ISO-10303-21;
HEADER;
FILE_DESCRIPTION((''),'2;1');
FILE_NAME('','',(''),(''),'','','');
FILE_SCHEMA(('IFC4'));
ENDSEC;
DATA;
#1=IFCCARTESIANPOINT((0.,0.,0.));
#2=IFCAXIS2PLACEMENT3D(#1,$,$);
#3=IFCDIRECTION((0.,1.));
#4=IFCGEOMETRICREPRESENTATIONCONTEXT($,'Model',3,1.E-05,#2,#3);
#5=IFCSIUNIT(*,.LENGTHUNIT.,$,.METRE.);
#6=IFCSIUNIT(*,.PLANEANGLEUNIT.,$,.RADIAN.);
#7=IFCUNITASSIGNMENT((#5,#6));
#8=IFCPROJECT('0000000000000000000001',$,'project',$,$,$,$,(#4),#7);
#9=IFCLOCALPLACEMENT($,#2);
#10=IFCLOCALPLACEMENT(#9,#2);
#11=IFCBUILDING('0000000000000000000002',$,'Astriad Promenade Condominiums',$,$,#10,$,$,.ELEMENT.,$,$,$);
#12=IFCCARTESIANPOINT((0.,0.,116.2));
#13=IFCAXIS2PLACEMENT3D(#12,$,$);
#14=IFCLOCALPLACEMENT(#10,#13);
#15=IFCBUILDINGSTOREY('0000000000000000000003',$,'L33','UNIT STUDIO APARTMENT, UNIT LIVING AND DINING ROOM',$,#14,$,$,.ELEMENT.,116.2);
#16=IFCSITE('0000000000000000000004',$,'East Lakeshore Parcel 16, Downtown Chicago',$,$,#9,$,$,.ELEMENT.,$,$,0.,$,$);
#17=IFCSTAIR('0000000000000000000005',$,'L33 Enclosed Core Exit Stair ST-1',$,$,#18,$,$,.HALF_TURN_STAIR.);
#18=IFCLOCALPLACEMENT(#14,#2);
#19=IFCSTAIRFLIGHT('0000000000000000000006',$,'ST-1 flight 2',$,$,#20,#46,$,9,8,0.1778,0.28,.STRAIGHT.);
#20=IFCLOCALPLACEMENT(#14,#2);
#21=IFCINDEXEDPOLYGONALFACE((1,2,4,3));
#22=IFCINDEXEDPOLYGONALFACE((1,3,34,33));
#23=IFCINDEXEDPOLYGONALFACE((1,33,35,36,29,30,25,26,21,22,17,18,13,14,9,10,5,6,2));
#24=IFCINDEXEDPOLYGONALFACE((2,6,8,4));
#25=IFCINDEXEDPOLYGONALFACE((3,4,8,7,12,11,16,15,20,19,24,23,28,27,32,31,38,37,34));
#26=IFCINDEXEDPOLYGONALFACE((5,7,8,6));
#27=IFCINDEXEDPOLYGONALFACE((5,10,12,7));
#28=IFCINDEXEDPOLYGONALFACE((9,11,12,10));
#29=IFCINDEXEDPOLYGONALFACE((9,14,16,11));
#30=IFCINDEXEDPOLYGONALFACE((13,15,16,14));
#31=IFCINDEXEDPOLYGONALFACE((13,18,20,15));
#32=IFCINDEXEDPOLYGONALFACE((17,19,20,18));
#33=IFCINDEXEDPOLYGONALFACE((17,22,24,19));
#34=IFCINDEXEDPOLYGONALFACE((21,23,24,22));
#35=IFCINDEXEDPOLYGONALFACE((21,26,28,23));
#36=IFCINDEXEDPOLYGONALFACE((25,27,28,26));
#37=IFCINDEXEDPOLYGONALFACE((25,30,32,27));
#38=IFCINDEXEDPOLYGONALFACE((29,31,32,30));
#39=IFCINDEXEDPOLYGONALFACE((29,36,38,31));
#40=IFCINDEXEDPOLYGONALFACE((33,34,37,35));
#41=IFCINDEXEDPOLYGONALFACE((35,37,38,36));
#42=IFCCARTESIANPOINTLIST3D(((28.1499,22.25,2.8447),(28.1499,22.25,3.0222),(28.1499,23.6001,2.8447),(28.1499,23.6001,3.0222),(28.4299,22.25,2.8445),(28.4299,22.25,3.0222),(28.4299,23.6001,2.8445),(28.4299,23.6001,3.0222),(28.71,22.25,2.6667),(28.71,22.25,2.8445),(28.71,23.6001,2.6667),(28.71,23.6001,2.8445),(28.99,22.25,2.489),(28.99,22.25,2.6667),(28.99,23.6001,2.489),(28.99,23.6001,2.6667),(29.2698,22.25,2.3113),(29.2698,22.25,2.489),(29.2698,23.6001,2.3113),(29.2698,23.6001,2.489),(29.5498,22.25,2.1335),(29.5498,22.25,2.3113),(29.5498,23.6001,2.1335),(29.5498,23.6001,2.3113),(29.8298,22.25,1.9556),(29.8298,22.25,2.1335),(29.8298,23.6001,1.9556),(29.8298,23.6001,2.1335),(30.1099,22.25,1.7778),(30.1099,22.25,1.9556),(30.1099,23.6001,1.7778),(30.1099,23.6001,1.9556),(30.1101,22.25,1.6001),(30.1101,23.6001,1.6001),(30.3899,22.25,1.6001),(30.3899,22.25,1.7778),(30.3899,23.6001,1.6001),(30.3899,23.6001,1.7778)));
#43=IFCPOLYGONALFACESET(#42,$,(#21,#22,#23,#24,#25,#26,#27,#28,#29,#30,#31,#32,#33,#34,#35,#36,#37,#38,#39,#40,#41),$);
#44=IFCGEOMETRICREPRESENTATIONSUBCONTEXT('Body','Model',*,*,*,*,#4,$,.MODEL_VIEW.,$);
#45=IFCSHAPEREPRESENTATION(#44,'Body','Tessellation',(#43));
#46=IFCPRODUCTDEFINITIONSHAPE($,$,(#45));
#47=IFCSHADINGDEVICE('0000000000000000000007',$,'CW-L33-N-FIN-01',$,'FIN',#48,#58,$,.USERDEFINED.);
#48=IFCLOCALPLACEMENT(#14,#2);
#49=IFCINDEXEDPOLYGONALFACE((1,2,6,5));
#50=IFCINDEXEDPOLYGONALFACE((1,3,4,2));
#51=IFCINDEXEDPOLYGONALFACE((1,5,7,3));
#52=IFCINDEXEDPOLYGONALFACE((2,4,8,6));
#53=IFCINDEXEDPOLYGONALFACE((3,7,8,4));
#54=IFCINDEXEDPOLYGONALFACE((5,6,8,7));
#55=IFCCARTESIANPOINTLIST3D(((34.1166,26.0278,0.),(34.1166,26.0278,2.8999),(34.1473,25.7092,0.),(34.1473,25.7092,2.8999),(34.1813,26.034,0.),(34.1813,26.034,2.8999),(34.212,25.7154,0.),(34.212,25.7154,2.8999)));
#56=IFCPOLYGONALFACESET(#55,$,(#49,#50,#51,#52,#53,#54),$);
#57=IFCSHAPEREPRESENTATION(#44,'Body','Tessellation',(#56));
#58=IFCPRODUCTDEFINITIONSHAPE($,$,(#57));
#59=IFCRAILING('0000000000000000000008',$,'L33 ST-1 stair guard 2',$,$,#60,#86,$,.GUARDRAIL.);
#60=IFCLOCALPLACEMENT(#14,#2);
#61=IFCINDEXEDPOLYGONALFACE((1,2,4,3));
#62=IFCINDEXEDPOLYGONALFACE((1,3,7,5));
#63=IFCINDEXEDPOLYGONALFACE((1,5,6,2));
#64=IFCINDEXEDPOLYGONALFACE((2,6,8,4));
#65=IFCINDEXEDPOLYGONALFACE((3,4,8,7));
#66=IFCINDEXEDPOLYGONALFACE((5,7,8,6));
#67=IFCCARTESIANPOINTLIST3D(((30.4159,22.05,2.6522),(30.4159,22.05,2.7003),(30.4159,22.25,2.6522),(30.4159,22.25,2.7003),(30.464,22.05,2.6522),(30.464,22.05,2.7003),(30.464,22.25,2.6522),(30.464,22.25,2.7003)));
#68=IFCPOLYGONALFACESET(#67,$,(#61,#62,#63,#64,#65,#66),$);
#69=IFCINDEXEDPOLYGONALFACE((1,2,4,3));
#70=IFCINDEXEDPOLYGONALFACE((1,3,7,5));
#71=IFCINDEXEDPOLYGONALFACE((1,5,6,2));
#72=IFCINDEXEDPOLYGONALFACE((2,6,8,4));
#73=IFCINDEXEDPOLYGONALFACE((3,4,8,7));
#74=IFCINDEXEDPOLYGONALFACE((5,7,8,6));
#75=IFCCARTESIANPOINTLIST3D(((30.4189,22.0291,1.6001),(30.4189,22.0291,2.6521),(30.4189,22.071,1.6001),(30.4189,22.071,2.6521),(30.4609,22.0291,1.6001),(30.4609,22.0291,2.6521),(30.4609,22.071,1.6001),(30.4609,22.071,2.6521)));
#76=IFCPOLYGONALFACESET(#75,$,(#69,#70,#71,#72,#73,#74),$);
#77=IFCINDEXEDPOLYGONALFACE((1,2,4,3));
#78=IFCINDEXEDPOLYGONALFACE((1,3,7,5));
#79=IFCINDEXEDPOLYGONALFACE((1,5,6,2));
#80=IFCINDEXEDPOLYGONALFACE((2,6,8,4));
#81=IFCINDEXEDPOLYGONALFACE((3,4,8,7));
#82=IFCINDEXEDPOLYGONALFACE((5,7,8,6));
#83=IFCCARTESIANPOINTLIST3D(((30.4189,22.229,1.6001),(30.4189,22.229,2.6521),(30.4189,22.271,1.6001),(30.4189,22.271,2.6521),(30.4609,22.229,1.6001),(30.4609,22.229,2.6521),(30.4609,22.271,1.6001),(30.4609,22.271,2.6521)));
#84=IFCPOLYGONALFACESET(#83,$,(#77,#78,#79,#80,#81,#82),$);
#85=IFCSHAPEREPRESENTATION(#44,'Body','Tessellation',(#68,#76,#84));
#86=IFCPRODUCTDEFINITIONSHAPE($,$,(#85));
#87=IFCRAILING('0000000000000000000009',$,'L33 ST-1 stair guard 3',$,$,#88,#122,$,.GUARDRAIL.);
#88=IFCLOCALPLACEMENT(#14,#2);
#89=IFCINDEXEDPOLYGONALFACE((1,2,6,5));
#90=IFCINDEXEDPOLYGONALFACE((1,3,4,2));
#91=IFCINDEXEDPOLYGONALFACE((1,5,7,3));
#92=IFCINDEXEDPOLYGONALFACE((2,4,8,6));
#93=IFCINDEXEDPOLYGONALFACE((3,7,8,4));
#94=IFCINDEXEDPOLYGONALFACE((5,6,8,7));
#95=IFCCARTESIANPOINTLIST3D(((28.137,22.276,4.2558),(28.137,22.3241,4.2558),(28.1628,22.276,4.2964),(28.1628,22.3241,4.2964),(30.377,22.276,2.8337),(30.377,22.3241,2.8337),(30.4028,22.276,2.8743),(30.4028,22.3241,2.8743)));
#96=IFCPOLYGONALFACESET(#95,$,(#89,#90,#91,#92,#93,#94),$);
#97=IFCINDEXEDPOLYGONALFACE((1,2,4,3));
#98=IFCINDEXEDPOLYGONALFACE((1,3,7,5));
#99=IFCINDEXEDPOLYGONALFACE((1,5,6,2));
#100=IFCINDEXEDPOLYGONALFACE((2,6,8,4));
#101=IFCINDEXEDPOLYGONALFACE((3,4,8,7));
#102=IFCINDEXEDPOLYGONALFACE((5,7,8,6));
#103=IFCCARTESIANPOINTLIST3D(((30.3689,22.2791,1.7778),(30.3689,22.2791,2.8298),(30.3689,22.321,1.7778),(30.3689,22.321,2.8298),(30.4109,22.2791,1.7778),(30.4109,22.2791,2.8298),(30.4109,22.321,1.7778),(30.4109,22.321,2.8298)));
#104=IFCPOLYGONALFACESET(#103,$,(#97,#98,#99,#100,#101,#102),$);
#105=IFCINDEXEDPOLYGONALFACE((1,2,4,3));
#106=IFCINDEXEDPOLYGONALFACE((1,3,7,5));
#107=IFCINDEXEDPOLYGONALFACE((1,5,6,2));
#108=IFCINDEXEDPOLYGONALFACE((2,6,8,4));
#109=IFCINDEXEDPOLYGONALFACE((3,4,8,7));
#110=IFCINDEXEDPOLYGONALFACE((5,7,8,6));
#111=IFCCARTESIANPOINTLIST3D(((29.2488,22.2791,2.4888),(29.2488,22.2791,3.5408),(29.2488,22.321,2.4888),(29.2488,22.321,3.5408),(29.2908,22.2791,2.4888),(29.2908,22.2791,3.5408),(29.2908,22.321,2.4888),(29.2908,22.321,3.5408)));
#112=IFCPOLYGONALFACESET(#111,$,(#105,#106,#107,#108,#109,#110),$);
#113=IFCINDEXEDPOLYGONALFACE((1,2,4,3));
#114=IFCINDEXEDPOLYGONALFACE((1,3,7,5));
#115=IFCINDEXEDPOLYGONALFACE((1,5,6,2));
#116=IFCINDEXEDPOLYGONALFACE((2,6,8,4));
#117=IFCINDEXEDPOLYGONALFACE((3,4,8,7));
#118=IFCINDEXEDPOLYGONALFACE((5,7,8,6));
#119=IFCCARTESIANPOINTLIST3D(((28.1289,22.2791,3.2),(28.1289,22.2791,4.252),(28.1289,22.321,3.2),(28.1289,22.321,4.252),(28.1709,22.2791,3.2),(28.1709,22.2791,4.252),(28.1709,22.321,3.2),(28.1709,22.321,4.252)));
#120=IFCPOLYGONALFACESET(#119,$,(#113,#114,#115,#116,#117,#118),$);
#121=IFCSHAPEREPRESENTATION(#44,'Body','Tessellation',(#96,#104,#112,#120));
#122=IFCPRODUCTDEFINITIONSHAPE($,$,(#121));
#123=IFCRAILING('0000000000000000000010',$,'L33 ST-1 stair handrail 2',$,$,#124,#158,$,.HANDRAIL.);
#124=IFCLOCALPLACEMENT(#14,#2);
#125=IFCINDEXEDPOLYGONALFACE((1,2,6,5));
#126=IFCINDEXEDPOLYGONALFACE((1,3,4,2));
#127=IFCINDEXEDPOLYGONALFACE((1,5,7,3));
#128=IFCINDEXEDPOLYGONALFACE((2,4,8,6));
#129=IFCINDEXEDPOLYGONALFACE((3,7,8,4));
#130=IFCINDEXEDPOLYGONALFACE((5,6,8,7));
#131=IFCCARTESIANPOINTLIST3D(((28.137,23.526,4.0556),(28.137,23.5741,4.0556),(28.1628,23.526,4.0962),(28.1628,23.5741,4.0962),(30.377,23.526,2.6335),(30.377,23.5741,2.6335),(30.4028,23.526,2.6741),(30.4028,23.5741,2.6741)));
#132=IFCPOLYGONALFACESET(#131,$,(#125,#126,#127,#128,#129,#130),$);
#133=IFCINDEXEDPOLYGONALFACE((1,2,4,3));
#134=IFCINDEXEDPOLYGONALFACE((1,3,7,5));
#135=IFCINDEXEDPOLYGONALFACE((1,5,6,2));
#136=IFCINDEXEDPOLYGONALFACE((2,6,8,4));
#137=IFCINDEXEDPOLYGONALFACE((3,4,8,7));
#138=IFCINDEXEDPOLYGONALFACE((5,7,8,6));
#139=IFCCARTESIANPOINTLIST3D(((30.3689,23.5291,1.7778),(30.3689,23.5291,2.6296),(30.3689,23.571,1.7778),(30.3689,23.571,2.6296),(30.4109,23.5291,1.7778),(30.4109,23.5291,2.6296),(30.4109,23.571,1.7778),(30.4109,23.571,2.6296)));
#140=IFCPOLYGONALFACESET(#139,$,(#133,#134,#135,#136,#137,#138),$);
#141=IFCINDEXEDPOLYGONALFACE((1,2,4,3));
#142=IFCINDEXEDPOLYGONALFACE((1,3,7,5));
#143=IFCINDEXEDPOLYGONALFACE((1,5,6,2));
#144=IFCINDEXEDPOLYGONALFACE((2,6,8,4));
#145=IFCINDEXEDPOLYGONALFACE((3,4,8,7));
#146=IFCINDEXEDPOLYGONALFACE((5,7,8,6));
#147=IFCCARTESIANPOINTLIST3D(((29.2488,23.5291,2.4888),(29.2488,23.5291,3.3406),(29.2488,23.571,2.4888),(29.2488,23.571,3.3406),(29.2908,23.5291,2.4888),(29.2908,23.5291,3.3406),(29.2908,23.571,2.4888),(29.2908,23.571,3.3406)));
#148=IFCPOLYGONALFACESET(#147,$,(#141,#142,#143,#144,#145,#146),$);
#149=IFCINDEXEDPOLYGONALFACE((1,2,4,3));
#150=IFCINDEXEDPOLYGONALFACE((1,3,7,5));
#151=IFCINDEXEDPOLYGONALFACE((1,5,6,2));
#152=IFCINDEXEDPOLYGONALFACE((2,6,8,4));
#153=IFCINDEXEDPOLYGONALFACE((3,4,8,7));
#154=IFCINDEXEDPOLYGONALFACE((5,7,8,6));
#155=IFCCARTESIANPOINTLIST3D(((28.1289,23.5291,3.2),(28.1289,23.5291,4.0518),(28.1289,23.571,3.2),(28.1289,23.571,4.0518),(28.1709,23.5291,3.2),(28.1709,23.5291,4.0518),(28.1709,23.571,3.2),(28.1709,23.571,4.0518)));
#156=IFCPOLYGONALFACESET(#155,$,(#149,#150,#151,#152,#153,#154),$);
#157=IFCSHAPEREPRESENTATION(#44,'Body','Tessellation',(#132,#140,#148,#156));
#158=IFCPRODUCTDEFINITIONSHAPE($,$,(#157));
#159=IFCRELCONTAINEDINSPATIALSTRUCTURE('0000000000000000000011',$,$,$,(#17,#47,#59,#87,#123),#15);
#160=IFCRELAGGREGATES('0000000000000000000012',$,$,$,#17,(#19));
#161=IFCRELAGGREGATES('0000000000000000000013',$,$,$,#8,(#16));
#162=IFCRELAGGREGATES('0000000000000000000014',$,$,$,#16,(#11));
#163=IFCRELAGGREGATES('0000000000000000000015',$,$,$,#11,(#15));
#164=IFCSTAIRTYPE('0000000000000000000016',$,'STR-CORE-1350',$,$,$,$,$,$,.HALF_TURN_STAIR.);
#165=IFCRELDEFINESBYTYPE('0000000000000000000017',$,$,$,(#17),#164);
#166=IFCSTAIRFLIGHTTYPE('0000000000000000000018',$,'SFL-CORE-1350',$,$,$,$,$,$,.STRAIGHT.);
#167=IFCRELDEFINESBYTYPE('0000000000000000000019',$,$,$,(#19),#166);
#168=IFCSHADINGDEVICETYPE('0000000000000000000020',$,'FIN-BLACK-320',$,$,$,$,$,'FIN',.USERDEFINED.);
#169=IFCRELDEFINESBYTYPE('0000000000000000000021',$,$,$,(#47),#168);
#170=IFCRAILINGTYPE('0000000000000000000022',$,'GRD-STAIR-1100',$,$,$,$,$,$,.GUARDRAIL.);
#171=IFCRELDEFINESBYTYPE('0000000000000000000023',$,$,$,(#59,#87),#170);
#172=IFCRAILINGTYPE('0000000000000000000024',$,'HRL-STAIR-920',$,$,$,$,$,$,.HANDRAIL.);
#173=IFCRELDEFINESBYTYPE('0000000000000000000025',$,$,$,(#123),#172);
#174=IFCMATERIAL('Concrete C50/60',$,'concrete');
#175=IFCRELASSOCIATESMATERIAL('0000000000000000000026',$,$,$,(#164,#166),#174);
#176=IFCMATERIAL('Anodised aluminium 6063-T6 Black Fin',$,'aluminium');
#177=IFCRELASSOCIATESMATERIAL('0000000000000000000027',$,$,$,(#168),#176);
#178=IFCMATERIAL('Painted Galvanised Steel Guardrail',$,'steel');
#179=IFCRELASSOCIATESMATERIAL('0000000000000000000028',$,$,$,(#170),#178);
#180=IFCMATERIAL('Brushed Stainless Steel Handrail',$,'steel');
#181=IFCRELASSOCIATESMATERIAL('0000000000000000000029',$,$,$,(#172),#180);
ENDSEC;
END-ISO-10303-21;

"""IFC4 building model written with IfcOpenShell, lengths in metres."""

from ifc_helpers import new_model, si_unit, direction, frame, origin, origin_2d, place, context, subcontext, project, spatial, polyline, rectangle, outline, extrude, source, transform, mapped, material, type_object, type_shapes, element, aggregate, save


model = new_model("IFC4")

# Units and contexts
model_context = context("Model", 3, precision=1e-05, world=origin(), true_north=direction((0.0, 1.0)))
body_context = subcontext(model_context, "Body", "Model", "MODEL_VIEW")
ifc_project = project(units=[si_unit("LENGTHUNIT", "METRE"), si_unit("PLANEANGLEUNIT", "RADIAN")], contexts=[model_context])

# Site, building, storey
site_placement = place(None, origin())
site = spatial("IfcSite", under=ifc_project, at=site_placement, Name="East Lakeshore Parcel 16, Downtown Chicago", CompositionType="ELEMENT", RefElevation=0.0)
building_placement = place(site_placement, origin())
building = spatial("IfcBuilding", under=site, at=building_placement, Name="Astriad Promenade Condominiums", CompositionType="ELEMENT")
storey_placement = place(building_placement, frame((0.0, 0.0, 116.2)))
storey = spatial("IfcBuildingStorey", under=building, at=storey_placement, Name="L33", Description="UNIT STUDIO APARTMENT, UNIT LIVING AND DINING ROOM", CompositionType="ELEMENT", Elevation=116.2)

# Shared definitions
ifc_material_1 = material(Name="Concrete C50/60", Category="concrete")

# Stair, stair flight
stair_type = type_object("IfcStairType", Name="STR-CORE-1350", PredefinedType="HALF_TURN_STAIR", material=ifc_material_1)
stair_placement = place(storey_placement, origin())
stair = element("IfcStair", 1, at=stair_placement, inside=storey, type_object=stair_type, Name="L33 Enclosed Core Exit Stair ST-1", PredefinedType="HALF_TURN_STAIR")
stair_flight_type = type_object("IfcStairFlightType", Name="SFL-CORE-1350", PredefinedType="STRAIGHT", material=ifc_material_1)
shared_shape_1 = source(origin(), body_context, "Body", "SweptSolid", [
    extrude(outline(polyline([(0.0, 0.0), (0.0, 0.1777), (0.28, 0.1777), (0.28, 0.3555), (0.5601, 0.3555), (0.5601, 0.5334), (0.8401, 0.5334), (0.8401, 0.7112), (1.1201, 0.7112), (1.1201, 0.8889), (1.3999, 0.8889), (1.3999, 1.0667), (1.6799, 1.0667), (1.6799, 1.2444), (1.96, 1.2444), (1.96, 1.4221), (2.24, 1.4221), (2.24, 1.6001), (2.24, 1.2446), (0.2798, 0.0), (0.0, 0.0)])), frame((0.0, 0.675, 0.0), z_axis=(0.0, -1.0, 0.0), x_axis=(1.0, 0.0, 0.0)), (0.0, 0.0, 1.0), 1.3501),
])
type_shapes(stair_flight_type, [shared_shape_1])
stair_flight_placement = place(storey_placement, frame((30.3899, 22.925, 1.6001), z_axis=(0.0, 0.0, 1.0), x_axis=(-1.0, 0.0, 0.0)))
stair_flight = element("IfcStairFlight", 2, at=stair_flight_placement, type_object=stair_flight_type, Name="ST-1 flight 2", NumberOfRisers=9, NumberOfTreads=8, PredefinedType="STRAIGHT", RiserHeight=0.1778, TreadLength=0.28, context=body_context, shape_type="MappedRepresentation", body=[
    mapped(shared_shape_1, transform((0.0, 0.0, 0.0), scale=1.0)),
])
aggregate(stair, [stair_flight])

# Shading device
ifc_material_2 = material(Name="Anodised aluminium 6063-T6 Black Fin", Category="aluminium")
shading_device_type = type_object("IfcShadingDeviceType", Name="FIN-BLACK-320", ElementType="FIN", PredefinedType="USERDEFINED", material=ifc_material_2)
shared_shape_2 = source(origin(), body_context, "Body", "SweptSolid", [
    extrude(rectangle(XDim=0.0649, YDim=0.3201, at=origin_2d()), origin(), (0.0, 0.0, 1.0), 2.8999),
])
type_shapes(shading_device_type, [shared_shape_2])
shading_device_placement = place(storey_placement, frame((34.1643, 25.8716, 0.0), z_axis=(0.0, 0.0, 1.0), x_axis=(0.995396, 0.095846, 0.0)))
element("IfcShadingDevice", 3, at=shading_device_placement, inside=storey, type_object=shading_device_type, Name="CW-L33-N-FIN-01", ObjectType="FIN", PredefinedType="USERDEFINED", context=body_context, shape_type="MappedRepresentation", body=[
    mapped(shared_shape_2, transform((0.0, 0.0, 0.0), scale=1.0)),
])

# Railings
ifc_material_3 = material(Name="Painted Galvanised Steel Guardrail", Category="steel")
railing_type_1 = type_object("IfcRailingType", Name="GRD-STAIR-1100", PredefinedType="GUARDRAIL", material=ifc_material_3)
shared_shape_3 = source(origin(), body_context, "Body", "SweptSolid", [
    extrude(rectangle(XDim=0.0481, YDim=0.0481, at=origin_2d()), frame((0.0, 0.0, 1.0762), z_axis=(0.0, 1.0, 0.0), x_axis=(-1.0, 0.0, 0.0)), (0.0, 0.0, 1.0), 0.2),
    extrude(rectangle(XDim=0.042, YDim=0.042, at=origin_2d()), origin(), (0.0, 0.0, 1.0), 1.052),
    extrude(rectangle(XDim=0.042, YDim=0.042, at=origin_2d()), frame((0.0, 0.2, 0.0)), (0.0, 0.0, 1.0), 1.052),
])
railing_1_placement = place(storey_placement, frame((30.4399, 22.05, 1.6001)))
element("IfcRailing", 4, at=railing_1_placement, inside=storey, type_object=railing_type_1, Name="L33 ST-1 stair guard 2", PredefinedType="GUARDRAIL", context=body_context, shape_type="MappedRepresentation", body=[
    mapped(shared_shape_3, transform((0.0, 0.0, 0.0), scale=1.0)),
])
shared_shape_4 = source(origin(), body_context, "Body", "SweptSolid", [
    extrude(rectangle(XDim=0.0481, YDim=0.0481, at=origin_2d()), frame((0.0, 0.0, 1.0762), z_axis=(-0.844229, 0.0, 0.535982), x_axis=(0.0, -1.0, 0.0)), (0.0, 0.0, 1.0), 2.6533),
    extrude(rectangle(XDim=0.042, YDim=0.042, at=origin_2d()), origin(), (0.0, 0.0, 1.0), 1.052),
    extrude(rectangle(XDim=0.042, YDim=0.042, at=origin_2d()), frame((-1.1201, 0.0, 0.7109)), (0.0, 0.0, 1.0), 1.052),
    extrude(rectangle(XDim=0.042, YDim=0.042, at=origin_2d()), frame((-2.24, 0.0, 1.4221)), (0.0, 0.0, 1.0), 1.052),
])
type_shapes(railing_type_1, [shared_shape_3, shared_shape_4])
railing_2_placement = place(storey_placement, frame((30.3899, 22.3, 1.7778)))
element("IfcRailing", 5, at=railing_2_placement, inside=storey, type_object=railing_type_1, Name="L33 ST-1 stair guard 3", PredefinedType="GUARDRAIL", context=body_context, shape_type="MappedRepresentation", body=[
    mapped(shared_shape_4, transform((0.0, 0.0, 0.0), scale=1.0)),
])
ifc_material_4 = material(Name="Brushed Stainless Steel Handrail", Category="steel")
railing_type_2 = type_object("IfcRailingType", Name="HRL-STAIR-920", PredefinedType="HANDRAIL", material=ifc_material_4)
shared_shape_5 = source(origin(), body_context, "Body", "SweptSolid", [
    extrude(rectangle(XDim=0.0481, YDim=0.0481, at=origin_2d()), frame((0.0, 0.0, 0.876), z_axis=(-0.844229, 0.0, 0.535982), x_axis=(0.0, -1.0, 0.0)), (0.0, 0.0, 1.0), 2.6533),
    extrude(rectangle(XDim=0.042, YDim=0.042, at=origin_2d()), origin(), (0.0, 0.0, 1.0), 0.8518),
    extrude(rectangle(XDim=0.042, YDim=0.042, at=origin_2d()), frame((-1.1201, 0.0, 0.7109)), (0.0, 0.0, 1.0), 0.8518),
    extrude(rectangle(XDim=0.042, YDim=0.042, at=origin_2d()), frame((-2.24, 0.0, 1.4221)), (0.0, 0.0, 1.0), 0.8518),
])
type_shapes(railing_type_2, [shared_shape_5])
railing_3_placement = place(storey_placement, frame((30.3899, 23.55, 1.7778)))
element("IfcRailing", 6, at=railing_3_placement, inside=storey, type_object=railing_type_2, Name="L33 ST-1 stair handrail 2", PredefinedType="HANDRAIL", context=body_context, shape_type="MappedRepresentation", body=[
    mapped(shared_shape_5, transform((0.0, 0.0, 0.0), scale=1.0)),
])

save(model, "model.ifc")
